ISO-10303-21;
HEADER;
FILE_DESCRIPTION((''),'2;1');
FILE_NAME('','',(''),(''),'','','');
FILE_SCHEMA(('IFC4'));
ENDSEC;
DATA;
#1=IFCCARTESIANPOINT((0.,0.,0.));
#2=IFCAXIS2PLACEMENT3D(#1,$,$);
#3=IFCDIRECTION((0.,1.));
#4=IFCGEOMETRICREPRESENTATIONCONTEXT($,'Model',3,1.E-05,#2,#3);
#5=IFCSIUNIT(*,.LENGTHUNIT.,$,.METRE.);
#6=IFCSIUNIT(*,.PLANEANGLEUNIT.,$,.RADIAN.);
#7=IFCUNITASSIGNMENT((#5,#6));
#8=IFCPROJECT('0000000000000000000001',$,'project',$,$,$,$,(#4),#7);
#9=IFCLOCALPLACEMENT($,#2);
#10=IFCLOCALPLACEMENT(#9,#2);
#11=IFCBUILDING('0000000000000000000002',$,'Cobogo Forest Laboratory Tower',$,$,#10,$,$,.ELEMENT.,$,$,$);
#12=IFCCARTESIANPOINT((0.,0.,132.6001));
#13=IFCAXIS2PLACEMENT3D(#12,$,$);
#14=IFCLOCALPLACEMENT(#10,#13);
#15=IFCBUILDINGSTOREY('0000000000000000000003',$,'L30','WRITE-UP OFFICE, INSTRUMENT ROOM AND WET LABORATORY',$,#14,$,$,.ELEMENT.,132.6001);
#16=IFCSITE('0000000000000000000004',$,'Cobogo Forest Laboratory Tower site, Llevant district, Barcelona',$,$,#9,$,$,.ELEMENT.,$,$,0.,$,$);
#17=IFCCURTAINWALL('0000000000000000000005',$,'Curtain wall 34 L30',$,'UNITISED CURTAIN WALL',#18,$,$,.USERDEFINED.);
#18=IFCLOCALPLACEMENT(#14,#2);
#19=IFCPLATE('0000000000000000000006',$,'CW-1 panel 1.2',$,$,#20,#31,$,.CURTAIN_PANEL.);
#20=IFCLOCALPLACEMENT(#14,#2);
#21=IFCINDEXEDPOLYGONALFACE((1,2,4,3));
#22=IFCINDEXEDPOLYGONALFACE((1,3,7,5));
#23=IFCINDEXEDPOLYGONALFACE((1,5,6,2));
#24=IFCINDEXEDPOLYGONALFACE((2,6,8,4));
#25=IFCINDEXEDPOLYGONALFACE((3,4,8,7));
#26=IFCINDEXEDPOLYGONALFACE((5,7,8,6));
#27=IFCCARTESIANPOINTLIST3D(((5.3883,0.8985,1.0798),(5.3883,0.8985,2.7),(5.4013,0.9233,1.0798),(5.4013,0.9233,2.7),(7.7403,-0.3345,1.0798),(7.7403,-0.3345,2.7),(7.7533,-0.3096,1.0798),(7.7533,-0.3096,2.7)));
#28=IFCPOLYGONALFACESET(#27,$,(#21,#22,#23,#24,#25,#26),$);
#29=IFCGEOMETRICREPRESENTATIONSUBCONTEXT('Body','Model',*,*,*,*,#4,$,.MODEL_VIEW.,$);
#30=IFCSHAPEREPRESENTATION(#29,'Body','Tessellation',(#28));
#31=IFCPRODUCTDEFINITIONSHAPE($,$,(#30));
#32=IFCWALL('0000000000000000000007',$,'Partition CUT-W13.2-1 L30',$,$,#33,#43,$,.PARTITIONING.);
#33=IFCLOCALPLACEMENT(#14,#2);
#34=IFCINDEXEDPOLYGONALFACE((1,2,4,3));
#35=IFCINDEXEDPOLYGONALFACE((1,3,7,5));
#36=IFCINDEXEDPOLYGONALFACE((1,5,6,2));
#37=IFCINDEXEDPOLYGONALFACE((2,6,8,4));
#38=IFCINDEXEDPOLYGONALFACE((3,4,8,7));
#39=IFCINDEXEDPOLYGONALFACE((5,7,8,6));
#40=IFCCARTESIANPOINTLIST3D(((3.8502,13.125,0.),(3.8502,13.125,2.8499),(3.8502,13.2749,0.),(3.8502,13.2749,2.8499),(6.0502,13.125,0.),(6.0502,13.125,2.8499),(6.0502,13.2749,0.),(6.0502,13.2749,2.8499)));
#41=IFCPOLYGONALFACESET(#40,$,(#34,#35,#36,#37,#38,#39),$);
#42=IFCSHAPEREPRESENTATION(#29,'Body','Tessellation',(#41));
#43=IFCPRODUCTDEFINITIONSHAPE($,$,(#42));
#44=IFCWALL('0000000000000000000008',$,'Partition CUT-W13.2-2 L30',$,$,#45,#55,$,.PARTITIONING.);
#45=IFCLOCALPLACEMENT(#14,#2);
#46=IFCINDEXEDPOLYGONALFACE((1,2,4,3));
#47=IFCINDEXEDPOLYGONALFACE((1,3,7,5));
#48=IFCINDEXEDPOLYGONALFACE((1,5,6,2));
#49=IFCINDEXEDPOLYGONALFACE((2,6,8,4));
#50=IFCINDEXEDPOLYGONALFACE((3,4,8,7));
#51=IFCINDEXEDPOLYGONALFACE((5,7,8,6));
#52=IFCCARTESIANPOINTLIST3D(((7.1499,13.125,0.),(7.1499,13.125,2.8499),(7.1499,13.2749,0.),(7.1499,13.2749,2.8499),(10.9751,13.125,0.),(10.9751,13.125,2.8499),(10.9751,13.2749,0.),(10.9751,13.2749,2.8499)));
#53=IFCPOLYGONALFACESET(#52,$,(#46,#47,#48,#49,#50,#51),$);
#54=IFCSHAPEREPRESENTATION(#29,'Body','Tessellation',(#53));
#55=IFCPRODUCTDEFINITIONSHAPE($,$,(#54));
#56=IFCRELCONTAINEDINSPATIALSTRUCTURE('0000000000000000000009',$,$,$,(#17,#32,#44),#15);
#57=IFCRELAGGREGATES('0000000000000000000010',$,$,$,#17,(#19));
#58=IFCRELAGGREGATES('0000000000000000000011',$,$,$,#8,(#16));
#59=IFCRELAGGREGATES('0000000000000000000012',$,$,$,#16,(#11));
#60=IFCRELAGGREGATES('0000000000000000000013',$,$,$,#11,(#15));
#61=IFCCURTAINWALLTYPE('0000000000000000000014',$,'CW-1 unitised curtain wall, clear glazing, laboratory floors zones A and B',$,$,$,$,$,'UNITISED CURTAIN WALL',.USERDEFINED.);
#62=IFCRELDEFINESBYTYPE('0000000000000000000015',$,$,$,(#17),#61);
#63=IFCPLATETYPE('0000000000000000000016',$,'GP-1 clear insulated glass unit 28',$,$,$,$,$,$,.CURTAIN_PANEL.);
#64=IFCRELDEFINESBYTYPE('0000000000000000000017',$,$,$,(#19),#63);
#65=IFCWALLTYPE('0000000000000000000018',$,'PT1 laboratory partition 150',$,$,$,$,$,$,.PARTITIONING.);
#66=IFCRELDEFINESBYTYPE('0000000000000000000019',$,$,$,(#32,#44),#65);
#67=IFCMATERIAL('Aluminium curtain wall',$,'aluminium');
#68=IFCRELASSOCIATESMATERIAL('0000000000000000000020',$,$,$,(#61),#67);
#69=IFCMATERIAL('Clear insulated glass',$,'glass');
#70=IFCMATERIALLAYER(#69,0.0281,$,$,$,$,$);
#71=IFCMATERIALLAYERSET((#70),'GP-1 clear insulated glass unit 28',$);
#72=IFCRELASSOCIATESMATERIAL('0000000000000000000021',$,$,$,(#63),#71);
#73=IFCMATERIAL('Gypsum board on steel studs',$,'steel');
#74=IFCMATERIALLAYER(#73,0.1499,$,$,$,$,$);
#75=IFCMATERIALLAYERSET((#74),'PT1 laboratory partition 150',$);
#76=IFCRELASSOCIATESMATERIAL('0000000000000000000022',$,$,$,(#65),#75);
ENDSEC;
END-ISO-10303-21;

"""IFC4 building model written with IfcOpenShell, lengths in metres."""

from ifc_helpers import new_model, si_unit, direction, frame, frame_2d, origin, origin_2d, place, context, subcontext, project, spatial, rectangle, extrude, material, layer, layer_set, type_object, element, aggregate, save


model = new_model("IFC4")

# Units and contexts
model_context = context("Model", 3, precision=1e-05, world=origin(), true_north=direction((0.0, 1.0)))
body_context = subcontext(model_context, "Body", "Model", "MODEL_VIEW")
ifc_project = project(units=[si_unit("LENGTHUNIT", "METRE"), si_unit("PLANEANGLEUNIT", "RADIAN")], contexts=[model_context])

# Site, building, storey
site_placement = place(None, origin())
site = spatial("IfcSite", under=ifc_project, at=site_placement, Name="Cobogo Forest Laboratory Tower site, Llevant district, Barcelona", CompositionType="ELEMENT", RefElevation=0.0)
building_placement = place(site_placement, origin())
building = spatial("IfcBuilding", under=site, at=building_placement, Name="Cobogo Forest Laboratory Tower", CompositionType="ELEMENT")
storey_placement = place(building_placement, frame((0.0, 0.0, 132.6001)))
storey = spatial("IfcBuildingStorey", under=building, at=storey_placement, Name="L30", Description="WRITE-UP OFFICE, INSTRUMENT ROOM AND WET LABORATORY", CompositionType="ELEMENT", Elevation=132.6001)

# Shared definitions
ifc_material_1 = material(Name="Aluminium curtain wall", Category="aluminium")
curtain_wall_type = type_object("IfcCurtainWallType", Name="CW-1 unitised curtain wall, clear glazing, laboratory floors zones A and B", ElementType="UNITISED CURTAIN WALL", PredefinedType="USERDEFINED", material=ifc_material_1)

# Curtain wall
curtain_wall_1_placement = place(storey_placement, origin())
curtain_wall_1 = element("IfcCurtainWall", 1, at=curtain_wall_1_placement, inside=storey, type_object=curtain_wall_type, Name="Curtain wall 34 L30", ObjectType="UNITISED CURTAIN WALL", PredefinedType="USERDEFINED")

# Plate
ifc_material_2 = material(Name="Clear insulated glass", Category="glass")
ifc_layer_1 = layer(ifc_material_2, 0.0281)
ifc_layer_set_1 = layer_set([ifc_layer_1], Name="GP-1 clear insulated glass unit 28")
plate_type = type_object("IfcPlateType", Name="GP-1 clear insulated glass unit 28", PredefinedType="CURTAIN_PANEL", material=ifc_layer_set_1)
plate_1_placement = place(storey_placement, frame((6.5708, 0.2944, 1.0798), z_axis=(0.0, 0.0, 1.0), x_axis=(0.885687, -0.464284, 0.0)))
plate_1 = element("IfcPlate", 2, at=plate_1_placement, type_object=plate_type, Name="CW-1 panel 1.2", PredefinedType="CURTAIN_PANEL", context=body_context, shape_type="SweptSolid", body=[
    extrude(rectangle(XDim=2.6555, YDim=0.0281, at=origin_2d()), origin(), (0.0, 0.0, 1.0), 1.6201),
])
aggregate(curtain_wall_1, [plate_1])

# Walls
ifc_material_3 = material(Name="Gypsum board on steel studs", Category="steel")
ifc_layer_2 = layer(ifc_material_3, 0.1499)
ifc_layer_set_2 = layer_set([ifc_layer_2], Name="PT1 laboratory partition 150")
wall_type = type_object("IfcWallType", Name="PT1 laboratory partition 150", PredefinedType="PARTITIONING", material=ifc_layer_set_2)
wall_1_placement = place(storey_placement, frame((3.8501, 13.2, 0.0), z_axis=(0.0, 0.0, 1.0), x_axis=(1.0, 0.0, 0.0)))
element("IfcWall", 3, at=wall_1_placement, inside=storey, type_object=wall_type, Name="Partition CUT-W13.2-1 L30", PredefinedType="PARTITIONING", context=body_context, shape_type="SweptSolid", body=[
    extrude(rectangle(XDim=2.2, YDim=0.1499, at=frame_2d((1.1001, 0.0))), origin(), (0.0, 0.0, 1.0), 2.8499),
])
wall_2_placement = place(storey_placement, frame((7.1499, 13.2, 0.0), z_axis=(0.0, 0.0, 1.0), x_axis=(1.0, 0.0, 0.0)))
element("IfcWall", 4, at=wall_2_placement, inside=storey, type_object=wall_type, Name="Partition CUT-W13.2-2 L30", PredefinedType="PARTITIONING", context=body_context, shape_type="SweptSolid", body=[
    extrude(rectangle(XDim=3.8252, YDim=0.1499, at=frame_2d((1.9126, 0.0))), origin(), (0.0, 0.0, 1.0), 2.8499),
])

save(model, "model.ifc")
